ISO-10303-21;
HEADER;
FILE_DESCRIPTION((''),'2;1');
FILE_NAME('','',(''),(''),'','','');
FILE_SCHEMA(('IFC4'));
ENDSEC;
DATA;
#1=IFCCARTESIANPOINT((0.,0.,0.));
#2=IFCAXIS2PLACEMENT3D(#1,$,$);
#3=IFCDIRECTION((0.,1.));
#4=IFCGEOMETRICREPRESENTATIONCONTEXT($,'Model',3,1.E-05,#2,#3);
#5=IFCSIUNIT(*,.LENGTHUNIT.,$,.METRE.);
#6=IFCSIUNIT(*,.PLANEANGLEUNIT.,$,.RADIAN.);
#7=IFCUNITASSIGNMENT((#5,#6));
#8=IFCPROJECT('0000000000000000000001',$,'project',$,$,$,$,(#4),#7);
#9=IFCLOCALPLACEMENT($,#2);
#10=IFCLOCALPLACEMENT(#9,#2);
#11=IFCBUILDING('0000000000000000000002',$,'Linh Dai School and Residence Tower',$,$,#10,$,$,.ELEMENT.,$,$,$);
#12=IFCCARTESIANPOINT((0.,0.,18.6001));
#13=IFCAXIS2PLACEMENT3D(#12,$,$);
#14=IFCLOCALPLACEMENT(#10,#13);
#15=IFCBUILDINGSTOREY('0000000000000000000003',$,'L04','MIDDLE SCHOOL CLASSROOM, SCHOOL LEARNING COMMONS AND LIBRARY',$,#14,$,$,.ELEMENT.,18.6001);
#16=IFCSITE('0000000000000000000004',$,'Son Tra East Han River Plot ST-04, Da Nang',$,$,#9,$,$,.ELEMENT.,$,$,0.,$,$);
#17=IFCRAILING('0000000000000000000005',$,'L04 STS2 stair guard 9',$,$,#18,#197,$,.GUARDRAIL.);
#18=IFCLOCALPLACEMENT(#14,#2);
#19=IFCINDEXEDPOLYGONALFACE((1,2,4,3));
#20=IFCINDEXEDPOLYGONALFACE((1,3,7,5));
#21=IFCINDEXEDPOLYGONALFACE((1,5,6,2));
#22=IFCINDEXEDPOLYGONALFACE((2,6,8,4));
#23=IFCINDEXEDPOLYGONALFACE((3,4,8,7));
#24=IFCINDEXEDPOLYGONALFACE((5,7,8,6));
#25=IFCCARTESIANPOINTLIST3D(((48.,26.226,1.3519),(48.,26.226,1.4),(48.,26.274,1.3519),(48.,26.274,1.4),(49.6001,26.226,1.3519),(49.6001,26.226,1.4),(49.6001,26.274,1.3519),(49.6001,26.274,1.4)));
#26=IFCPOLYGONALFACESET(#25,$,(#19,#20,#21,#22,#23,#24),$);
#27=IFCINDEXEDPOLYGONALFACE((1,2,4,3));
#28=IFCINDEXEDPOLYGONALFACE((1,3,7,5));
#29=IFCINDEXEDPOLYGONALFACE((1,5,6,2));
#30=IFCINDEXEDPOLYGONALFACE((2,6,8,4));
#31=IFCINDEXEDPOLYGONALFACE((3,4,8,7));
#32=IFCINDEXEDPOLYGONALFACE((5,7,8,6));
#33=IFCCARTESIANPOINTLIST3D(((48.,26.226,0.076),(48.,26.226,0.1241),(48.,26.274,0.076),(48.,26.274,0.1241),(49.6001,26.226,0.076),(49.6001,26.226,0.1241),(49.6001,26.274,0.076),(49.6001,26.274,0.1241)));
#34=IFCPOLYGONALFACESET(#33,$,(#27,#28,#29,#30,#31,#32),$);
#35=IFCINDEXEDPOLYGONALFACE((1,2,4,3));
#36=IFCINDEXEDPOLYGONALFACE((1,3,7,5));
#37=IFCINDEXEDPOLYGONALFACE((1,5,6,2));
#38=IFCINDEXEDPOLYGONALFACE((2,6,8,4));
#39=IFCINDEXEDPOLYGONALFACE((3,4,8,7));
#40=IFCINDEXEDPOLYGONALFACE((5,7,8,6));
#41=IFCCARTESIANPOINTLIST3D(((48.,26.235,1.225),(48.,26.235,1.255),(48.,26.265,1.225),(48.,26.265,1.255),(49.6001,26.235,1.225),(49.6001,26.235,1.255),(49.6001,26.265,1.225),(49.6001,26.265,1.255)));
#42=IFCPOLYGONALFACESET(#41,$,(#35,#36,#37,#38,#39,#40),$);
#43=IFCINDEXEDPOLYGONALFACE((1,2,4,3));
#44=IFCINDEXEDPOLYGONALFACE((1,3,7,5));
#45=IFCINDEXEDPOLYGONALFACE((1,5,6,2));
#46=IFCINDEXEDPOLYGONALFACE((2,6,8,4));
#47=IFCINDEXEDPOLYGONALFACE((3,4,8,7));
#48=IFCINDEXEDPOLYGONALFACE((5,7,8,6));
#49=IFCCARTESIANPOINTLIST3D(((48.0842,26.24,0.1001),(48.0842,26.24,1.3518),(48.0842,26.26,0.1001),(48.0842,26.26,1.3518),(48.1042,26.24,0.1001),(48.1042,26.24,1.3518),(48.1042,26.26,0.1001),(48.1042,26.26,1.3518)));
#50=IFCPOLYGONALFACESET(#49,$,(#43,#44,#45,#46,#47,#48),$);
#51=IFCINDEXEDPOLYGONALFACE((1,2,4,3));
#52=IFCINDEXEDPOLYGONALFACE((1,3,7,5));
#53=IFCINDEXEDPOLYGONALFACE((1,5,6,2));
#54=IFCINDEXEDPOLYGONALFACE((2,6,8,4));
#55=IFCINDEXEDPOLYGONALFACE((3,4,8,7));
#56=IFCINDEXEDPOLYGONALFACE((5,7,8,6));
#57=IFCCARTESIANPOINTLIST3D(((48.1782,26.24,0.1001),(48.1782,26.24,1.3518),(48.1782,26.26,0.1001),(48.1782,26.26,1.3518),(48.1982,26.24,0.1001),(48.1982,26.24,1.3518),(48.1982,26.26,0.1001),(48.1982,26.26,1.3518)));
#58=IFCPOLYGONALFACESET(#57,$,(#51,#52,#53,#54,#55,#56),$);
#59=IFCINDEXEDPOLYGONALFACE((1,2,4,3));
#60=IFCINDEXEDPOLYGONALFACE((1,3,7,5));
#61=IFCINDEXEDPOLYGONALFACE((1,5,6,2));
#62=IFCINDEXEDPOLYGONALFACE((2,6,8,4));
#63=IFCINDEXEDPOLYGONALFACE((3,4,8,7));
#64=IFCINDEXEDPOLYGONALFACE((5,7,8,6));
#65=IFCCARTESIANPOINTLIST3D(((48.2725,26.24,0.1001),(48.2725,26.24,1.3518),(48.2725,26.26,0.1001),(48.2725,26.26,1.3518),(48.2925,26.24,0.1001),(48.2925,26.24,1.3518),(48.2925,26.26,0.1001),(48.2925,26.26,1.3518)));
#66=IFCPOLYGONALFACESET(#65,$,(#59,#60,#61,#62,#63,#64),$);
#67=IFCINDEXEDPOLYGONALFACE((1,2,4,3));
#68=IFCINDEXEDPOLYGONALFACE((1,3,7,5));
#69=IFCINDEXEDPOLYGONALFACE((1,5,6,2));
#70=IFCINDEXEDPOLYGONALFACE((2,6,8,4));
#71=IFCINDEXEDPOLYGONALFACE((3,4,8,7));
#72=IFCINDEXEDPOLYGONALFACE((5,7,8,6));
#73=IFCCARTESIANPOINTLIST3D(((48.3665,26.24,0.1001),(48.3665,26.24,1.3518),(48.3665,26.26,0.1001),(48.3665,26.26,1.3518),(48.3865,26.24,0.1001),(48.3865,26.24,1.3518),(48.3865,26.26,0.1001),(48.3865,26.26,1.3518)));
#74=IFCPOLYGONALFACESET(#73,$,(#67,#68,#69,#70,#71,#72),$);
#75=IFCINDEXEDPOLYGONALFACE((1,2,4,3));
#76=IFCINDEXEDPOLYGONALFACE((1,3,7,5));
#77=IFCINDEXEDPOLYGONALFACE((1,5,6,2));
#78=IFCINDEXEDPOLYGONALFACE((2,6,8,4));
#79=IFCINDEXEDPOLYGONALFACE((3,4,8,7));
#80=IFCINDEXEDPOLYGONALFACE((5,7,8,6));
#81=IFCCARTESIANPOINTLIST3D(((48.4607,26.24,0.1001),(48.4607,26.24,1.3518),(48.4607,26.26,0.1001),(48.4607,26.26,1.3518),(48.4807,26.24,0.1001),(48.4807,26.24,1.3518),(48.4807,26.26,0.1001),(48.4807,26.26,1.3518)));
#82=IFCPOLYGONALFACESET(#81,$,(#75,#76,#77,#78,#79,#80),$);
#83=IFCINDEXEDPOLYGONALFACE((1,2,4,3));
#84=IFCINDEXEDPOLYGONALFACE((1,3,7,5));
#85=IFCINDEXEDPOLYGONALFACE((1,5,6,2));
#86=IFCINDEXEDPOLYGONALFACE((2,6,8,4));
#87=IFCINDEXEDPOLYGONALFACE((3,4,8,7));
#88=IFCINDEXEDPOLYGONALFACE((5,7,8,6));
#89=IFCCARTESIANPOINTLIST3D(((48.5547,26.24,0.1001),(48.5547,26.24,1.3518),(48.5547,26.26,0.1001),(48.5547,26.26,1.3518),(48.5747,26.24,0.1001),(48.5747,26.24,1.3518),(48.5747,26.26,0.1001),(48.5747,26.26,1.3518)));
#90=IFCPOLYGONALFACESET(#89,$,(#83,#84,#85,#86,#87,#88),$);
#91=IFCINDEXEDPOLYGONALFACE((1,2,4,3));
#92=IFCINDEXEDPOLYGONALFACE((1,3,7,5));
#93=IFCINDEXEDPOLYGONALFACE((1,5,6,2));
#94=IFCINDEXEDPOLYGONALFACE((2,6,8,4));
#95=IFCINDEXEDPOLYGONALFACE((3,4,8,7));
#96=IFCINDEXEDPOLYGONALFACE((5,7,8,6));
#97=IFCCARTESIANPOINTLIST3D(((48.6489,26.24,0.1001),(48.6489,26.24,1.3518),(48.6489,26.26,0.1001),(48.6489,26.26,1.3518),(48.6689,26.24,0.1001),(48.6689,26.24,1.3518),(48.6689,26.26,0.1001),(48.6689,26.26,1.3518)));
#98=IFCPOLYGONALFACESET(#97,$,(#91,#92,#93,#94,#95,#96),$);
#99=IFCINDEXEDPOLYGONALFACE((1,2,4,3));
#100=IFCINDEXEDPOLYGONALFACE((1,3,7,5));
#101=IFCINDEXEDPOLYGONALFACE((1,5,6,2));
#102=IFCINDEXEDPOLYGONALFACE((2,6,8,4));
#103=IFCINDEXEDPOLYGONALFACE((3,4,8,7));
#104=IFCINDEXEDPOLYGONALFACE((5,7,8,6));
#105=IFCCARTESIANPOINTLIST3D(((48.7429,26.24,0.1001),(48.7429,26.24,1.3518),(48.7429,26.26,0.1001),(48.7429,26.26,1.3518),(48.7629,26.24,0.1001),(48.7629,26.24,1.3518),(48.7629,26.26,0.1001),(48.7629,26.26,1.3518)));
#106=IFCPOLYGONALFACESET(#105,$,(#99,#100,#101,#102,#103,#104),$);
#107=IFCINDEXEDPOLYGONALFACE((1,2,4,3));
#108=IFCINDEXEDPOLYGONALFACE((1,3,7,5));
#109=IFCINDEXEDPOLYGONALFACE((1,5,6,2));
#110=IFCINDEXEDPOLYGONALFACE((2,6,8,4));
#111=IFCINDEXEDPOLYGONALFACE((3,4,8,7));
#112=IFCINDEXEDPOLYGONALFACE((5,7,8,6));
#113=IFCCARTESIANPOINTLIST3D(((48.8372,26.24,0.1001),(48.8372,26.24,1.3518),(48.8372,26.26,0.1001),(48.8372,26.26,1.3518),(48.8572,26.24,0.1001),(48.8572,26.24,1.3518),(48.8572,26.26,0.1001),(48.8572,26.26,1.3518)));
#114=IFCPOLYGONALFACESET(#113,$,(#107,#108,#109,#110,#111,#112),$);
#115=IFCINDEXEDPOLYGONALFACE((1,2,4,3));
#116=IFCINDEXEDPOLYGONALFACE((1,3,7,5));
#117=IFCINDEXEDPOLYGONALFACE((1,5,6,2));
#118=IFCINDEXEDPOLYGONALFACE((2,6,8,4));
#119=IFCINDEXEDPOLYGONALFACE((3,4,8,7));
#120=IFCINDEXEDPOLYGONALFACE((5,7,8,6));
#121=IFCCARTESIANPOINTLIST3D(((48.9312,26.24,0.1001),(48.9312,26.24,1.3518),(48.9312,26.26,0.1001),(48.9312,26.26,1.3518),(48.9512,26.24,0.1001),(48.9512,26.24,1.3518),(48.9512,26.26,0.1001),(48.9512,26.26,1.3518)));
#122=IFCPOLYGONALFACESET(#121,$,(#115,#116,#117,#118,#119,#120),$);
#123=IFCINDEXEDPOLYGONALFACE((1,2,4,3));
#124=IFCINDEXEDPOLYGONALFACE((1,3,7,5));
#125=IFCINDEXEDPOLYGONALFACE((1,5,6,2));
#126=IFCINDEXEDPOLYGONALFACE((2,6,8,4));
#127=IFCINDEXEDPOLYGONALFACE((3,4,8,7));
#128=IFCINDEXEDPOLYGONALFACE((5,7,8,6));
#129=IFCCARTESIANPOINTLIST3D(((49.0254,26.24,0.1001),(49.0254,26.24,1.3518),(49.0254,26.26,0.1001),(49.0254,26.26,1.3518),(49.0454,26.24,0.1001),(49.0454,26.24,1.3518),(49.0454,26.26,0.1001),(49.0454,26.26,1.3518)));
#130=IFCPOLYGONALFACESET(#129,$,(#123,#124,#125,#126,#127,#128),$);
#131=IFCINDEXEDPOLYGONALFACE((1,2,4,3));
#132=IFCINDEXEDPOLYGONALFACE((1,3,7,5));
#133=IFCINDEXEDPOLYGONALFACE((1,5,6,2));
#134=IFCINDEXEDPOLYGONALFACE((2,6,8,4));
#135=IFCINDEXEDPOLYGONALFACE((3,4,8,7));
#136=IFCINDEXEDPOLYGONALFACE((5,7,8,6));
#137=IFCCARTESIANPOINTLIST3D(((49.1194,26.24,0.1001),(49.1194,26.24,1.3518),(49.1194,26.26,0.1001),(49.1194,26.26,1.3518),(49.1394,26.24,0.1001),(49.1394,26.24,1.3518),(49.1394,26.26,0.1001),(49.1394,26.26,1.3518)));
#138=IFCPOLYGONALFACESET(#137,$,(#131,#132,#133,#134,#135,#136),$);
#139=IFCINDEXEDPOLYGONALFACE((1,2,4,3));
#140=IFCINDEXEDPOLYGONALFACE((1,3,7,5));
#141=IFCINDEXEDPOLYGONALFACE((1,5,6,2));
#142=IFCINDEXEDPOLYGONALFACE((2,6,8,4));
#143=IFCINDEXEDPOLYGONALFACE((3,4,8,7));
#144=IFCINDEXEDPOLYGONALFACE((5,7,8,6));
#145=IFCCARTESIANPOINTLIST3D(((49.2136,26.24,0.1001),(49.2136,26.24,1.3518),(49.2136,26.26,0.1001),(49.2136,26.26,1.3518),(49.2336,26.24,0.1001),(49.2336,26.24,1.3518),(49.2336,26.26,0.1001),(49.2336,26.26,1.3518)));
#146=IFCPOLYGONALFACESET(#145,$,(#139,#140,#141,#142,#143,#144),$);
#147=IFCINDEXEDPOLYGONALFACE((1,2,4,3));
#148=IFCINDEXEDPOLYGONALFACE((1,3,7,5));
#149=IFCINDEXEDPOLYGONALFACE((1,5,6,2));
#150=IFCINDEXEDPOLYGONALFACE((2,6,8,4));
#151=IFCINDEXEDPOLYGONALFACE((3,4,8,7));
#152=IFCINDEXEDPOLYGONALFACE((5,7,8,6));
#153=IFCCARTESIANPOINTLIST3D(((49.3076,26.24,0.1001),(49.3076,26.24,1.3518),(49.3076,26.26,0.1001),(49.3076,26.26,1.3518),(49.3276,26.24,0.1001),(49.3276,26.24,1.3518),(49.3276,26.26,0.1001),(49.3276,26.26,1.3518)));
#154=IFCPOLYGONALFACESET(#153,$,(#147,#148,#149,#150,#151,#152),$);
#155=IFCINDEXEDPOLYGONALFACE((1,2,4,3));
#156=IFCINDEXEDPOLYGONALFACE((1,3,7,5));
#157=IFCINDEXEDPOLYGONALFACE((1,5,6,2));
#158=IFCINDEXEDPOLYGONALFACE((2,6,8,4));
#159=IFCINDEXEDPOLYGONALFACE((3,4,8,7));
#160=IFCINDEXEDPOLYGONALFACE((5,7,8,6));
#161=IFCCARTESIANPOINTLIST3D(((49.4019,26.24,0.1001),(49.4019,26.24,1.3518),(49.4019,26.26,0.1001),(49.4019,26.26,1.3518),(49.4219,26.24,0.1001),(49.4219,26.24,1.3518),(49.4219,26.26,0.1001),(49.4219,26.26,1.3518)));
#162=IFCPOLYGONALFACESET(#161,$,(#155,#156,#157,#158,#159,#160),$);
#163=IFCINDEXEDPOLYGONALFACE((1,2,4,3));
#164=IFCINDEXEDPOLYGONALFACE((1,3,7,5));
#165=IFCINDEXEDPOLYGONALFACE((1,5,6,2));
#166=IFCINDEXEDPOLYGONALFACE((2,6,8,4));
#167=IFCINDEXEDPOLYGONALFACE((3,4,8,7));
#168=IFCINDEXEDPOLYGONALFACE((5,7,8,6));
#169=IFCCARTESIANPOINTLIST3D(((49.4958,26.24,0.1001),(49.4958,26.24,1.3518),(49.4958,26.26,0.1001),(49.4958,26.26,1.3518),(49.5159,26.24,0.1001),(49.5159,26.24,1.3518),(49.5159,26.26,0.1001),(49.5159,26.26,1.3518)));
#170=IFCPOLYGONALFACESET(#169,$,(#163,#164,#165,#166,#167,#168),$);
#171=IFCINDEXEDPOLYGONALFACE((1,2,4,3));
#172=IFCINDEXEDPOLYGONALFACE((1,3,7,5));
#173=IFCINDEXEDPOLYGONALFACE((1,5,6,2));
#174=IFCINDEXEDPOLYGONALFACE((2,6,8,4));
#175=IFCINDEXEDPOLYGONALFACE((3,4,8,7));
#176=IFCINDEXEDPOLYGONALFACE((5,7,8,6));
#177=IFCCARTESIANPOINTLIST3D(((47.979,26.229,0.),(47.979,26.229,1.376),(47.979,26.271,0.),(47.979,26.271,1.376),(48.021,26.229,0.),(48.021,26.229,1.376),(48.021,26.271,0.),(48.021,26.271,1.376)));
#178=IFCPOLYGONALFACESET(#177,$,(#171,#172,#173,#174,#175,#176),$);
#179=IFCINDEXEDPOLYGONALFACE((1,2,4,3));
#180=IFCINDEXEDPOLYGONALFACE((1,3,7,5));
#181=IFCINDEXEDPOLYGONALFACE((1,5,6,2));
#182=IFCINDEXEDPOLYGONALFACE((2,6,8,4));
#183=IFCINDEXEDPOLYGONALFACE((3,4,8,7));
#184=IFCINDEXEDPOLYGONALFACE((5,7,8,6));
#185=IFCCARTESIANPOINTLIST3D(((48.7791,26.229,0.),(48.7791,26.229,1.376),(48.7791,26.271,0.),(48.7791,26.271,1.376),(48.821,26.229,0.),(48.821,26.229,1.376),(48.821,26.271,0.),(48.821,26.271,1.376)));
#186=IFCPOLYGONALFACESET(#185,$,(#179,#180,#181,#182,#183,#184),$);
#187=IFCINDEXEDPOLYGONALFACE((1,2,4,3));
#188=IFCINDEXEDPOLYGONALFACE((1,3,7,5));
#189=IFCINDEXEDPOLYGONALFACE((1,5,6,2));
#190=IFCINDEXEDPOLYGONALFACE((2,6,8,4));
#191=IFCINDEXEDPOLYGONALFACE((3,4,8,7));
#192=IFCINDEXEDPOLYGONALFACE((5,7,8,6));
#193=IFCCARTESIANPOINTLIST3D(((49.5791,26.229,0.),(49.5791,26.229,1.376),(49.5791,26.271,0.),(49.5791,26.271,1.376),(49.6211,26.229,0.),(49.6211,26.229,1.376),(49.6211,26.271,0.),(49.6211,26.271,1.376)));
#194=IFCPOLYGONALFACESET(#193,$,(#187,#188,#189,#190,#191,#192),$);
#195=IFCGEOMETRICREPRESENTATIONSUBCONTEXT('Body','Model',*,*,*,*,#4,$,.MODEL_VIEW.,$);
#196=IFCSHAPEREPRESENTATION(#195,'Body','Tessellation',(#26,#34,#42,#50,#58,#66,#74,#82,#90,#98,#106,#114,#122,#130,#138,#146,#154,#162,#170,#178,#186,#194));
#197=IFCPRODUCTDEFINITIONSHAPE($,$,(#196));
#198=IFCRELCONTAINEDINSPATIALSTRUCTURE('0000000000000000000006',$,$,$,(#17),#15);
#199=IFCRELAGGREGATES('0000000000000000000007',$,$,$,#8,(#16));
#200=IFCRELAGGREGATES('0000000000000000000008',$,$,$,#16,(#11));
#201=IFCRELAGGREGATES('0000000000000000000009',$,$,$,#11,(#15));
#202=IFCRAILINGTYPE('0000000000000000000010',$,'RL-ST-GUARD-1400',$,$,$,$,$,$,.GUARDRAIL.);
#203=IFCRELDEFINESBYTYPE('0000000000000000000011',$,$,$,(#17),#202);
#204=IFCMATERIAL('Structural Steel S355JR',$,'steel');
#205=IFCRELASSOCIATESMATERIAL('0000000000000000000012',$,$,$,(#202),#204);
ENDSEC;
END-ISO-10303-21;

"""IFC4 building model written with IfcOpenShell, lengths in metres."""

from ifc_helpers import new_model, si_unit, direction, frame, origin, origin_2d, place, context, subcontext, project, spatial, rectangle, extrude, source, transform, mapped, material, type_object, element, save


model = new_model("IFC4")

# Units and contexts
model_context = context("Model", 3, precision=1e-05, world=origin(), true_north=direction((0.0, 1.0)))
body_context = subcontext(model_context, "Body", "Model", "MODEL_VIEW")
ifc_project = project(units=[si_unit("LENGTHUNIT", "METRE"), si_unit("PLANEANGLEUNIT", "RADIAN")], contexts=[model_context])

# Site, building, storey
site_placement = place(None, origin())
site = spatial("IfcSite", under=ifc_project, at=site_placement, Name="Son Tra East Han River Plot ST-04, Da Nang", CompositionType="ELEMENT", RefElevation=0.0)
building_placement = place(site_placement, origin())
building = spatial("IfcBuilding", under=site, at=building_placement, Name="Linh Dai School and Residence Tower", CompositionType="ELEMENT")
storey_placement = place(building_placement, frame((0.0, 0.0, 18.6001)))
storey = spatial("IfcBuildingStorey", under=building, at=storey_placement, Name="L04", Description="MIDDLE SCHOOL CLASSROOM, SCHOOL LEARNING COMMONS AND LIBRARY", CompositionType="ELEMENT", Elevation=18.6001)

# Shared definitions
ifc_material_1 = material(Name="Structural Steel S355JR", Category="steel")

# Railing
railing_type_1 = type_object("IfcRailingType", Name="RL-ST-GUARD-1400", PredefinedType="GUARDRAIL", material=ifc_material_1)
shared_shape_1 = source(origin(), body_context, "Body", "SweptSolid", [
    extrude(rectangle(XDim=0.0481, YDim=0.0481, at=origin_2d()), frame((0.0, 0.0, 1.376), z_axis=(1.0, 0.0, 0.0), x_axis=(0.0, 1.0, 0.0)), (0.0, 0.0, 1.0), 1.6001),
    extrude(rectangle(XDim=0.0481, YDim=0.0481, at=origin_2d()), frame((0.0, 0.0, 0.1001), z_axis=(1.0, 0.0, 0.0), x_axis=(0.0, 1.0, 0.0)), (0.0, 0.0, 1.0), 1.6001),
    extrude(rectangle(XDim=0.03, YDim=0.03, at=origin_2d()), frame((0.0, 0.0, 1.24), z_axis=(1.0, 0.0, 0.0), x_axis=(0.0, 1.0, 0.0)), (0.0, 0.0, 1.0), 1.6001),
    extrude(rectangle(XDim=0.02, YDim=0.02, at=origin_2d()), frame((0.0942, 0.0, 0.1001)), (0.0, 0.0, 1.0), 1.2517),
    extrude(rectangle(XDim=0.02, YDim=0.02, at=origin_2d()), frame((0.1882, 0.0, 0.1001)), (0.0, 0.0, 1.0), 1.2517),
    extrude(rectangle(XDim=0.02, YDim=0.02, at=origin_2d()), frame((0.2825, 0.0, 0.1001)), (0.0, 0.0, 1.0), 1.2517),
    extrude(rectangle(XDim=0.02, YDim=0.02, at=origin_2d()), frame((0.3765, 0.0, 0.1001)), (0.0, 0.0, 1.0), 1.2517),
    extrude(rectangle(XDim=0.02, YDim=0.02, at=origin_2d()), frame((0.4707, 0.0, 0.1001)), (0.0, 0.0, 1.0), 1.2517),
    extrude(rectangle(XDim=0.02, YDim=0.02, at=origin_2d()), frame((0.5647, 0.0, 0.1001)), (0.0, 0.0, 1.0), 1.2517),
    extrude(rectangle(XDim=0.02, YDim=0.02, at=origin_2d()), frame((0.6589, 0.0, 0.1001)), (0.0, 0.0, 1.0), 1.2517),
    extrude(rectangle(XDim=0.02, YDim=0.02, at=origin_2d()), frame((0.7529, 0.0, 0.1001)), (0.0, 0.0, 1.0), 1.2517),
    extrude(rectangle(XDim=0.02, YDim=0.02, at=origin_2d()), frame((0.8472, 0.0, 0.1001)), (0.0, 0.0, 1.0), 1.2517),
    extrude(rectangle(XDim=0.02, YDim=0.02, at=origin_2d()), frame((0.9412, 0.0, 0.1001)), (0.0, 0.0, 1.0), 1.2517),
    extrude(rectangle(XDim=0.02, YDim=0.02, at=origin_2d()), frame((1.0354, 0.0, 0.1001)), (0.0, 0.0, 1.0), 1.2517),
    extrude(rectangle(XDim=0.02, YDim=0.02, at=origin_2d()), frame((1.1294, 0.0, 0.1001)), (0.0, 0.0, 1.0), 1.2517),
    extrude(rectangle(XDim=0.02, YDim=0.02, at=origin_2d()), frame((1.2236, 0.0, 0.1001)), (0.0, 0.0, 1.0), 1.2517),
    extrude(rectangle(XDim=0.02, YDim=0.02, at=origin_2d()), frame((1.3176, 0.0, 0.1001)), (0.0, 0.0, 1.0), 1.2517),
    extrude(rectangle(XDim=0.02, YDim=0.02, at=origin_2d()), frame((1.4119, 0.0, 0.1001)), (0.0, 0.0, 1.0), 1.2517),
    extrude(rectangle(XDim=0.02, YDim=0.02, at=origin_2d()), frame((1.5059, 0.0, 0.1001)), (0.0, 0.0, 1.0), 1.2517),
    extrude(rectangle(XDim=0.042, YDim=0.042, at=origin_2d()), origin(), (0.0, 0.0, 1.0), 1.376),
    extrude(rectangle(XDim=0.042, YDim=0.042, at=origin_2d()), frame((0.8, 0.0, 0.0)), (0.0, 0.0, 1.0), 1.376),
    extrude(rectangle(XDim=0.042, YDim=0.042, at=origin_2d()), frame((1.6001, 0.0, 0.0)), (0.0, 0.0, 1.0), 1.376),
])
railing_1_placement = place(storey_placement, frame((48.0, 26.25, 0.0)))
element("IfcRailing", 1, at=railing_1_placement, inside=storey, type_object=railing_type_1, Name="L04 STS2 stair guard 9", PredefinedType="GUARDRAIL", context=body_context, shape_type="MappedRepresentation", body=[
    mapped(shared_shape_1, transform((0.0, 0.0, 0.0), x_axis=(1.0, 0.0, 0.0), y_axis=(0.0, 1.0, 0.0), z_axis=(0.0, 0.0, 1.0), scale=1.0)),
])

save(model, "model.ifc")
